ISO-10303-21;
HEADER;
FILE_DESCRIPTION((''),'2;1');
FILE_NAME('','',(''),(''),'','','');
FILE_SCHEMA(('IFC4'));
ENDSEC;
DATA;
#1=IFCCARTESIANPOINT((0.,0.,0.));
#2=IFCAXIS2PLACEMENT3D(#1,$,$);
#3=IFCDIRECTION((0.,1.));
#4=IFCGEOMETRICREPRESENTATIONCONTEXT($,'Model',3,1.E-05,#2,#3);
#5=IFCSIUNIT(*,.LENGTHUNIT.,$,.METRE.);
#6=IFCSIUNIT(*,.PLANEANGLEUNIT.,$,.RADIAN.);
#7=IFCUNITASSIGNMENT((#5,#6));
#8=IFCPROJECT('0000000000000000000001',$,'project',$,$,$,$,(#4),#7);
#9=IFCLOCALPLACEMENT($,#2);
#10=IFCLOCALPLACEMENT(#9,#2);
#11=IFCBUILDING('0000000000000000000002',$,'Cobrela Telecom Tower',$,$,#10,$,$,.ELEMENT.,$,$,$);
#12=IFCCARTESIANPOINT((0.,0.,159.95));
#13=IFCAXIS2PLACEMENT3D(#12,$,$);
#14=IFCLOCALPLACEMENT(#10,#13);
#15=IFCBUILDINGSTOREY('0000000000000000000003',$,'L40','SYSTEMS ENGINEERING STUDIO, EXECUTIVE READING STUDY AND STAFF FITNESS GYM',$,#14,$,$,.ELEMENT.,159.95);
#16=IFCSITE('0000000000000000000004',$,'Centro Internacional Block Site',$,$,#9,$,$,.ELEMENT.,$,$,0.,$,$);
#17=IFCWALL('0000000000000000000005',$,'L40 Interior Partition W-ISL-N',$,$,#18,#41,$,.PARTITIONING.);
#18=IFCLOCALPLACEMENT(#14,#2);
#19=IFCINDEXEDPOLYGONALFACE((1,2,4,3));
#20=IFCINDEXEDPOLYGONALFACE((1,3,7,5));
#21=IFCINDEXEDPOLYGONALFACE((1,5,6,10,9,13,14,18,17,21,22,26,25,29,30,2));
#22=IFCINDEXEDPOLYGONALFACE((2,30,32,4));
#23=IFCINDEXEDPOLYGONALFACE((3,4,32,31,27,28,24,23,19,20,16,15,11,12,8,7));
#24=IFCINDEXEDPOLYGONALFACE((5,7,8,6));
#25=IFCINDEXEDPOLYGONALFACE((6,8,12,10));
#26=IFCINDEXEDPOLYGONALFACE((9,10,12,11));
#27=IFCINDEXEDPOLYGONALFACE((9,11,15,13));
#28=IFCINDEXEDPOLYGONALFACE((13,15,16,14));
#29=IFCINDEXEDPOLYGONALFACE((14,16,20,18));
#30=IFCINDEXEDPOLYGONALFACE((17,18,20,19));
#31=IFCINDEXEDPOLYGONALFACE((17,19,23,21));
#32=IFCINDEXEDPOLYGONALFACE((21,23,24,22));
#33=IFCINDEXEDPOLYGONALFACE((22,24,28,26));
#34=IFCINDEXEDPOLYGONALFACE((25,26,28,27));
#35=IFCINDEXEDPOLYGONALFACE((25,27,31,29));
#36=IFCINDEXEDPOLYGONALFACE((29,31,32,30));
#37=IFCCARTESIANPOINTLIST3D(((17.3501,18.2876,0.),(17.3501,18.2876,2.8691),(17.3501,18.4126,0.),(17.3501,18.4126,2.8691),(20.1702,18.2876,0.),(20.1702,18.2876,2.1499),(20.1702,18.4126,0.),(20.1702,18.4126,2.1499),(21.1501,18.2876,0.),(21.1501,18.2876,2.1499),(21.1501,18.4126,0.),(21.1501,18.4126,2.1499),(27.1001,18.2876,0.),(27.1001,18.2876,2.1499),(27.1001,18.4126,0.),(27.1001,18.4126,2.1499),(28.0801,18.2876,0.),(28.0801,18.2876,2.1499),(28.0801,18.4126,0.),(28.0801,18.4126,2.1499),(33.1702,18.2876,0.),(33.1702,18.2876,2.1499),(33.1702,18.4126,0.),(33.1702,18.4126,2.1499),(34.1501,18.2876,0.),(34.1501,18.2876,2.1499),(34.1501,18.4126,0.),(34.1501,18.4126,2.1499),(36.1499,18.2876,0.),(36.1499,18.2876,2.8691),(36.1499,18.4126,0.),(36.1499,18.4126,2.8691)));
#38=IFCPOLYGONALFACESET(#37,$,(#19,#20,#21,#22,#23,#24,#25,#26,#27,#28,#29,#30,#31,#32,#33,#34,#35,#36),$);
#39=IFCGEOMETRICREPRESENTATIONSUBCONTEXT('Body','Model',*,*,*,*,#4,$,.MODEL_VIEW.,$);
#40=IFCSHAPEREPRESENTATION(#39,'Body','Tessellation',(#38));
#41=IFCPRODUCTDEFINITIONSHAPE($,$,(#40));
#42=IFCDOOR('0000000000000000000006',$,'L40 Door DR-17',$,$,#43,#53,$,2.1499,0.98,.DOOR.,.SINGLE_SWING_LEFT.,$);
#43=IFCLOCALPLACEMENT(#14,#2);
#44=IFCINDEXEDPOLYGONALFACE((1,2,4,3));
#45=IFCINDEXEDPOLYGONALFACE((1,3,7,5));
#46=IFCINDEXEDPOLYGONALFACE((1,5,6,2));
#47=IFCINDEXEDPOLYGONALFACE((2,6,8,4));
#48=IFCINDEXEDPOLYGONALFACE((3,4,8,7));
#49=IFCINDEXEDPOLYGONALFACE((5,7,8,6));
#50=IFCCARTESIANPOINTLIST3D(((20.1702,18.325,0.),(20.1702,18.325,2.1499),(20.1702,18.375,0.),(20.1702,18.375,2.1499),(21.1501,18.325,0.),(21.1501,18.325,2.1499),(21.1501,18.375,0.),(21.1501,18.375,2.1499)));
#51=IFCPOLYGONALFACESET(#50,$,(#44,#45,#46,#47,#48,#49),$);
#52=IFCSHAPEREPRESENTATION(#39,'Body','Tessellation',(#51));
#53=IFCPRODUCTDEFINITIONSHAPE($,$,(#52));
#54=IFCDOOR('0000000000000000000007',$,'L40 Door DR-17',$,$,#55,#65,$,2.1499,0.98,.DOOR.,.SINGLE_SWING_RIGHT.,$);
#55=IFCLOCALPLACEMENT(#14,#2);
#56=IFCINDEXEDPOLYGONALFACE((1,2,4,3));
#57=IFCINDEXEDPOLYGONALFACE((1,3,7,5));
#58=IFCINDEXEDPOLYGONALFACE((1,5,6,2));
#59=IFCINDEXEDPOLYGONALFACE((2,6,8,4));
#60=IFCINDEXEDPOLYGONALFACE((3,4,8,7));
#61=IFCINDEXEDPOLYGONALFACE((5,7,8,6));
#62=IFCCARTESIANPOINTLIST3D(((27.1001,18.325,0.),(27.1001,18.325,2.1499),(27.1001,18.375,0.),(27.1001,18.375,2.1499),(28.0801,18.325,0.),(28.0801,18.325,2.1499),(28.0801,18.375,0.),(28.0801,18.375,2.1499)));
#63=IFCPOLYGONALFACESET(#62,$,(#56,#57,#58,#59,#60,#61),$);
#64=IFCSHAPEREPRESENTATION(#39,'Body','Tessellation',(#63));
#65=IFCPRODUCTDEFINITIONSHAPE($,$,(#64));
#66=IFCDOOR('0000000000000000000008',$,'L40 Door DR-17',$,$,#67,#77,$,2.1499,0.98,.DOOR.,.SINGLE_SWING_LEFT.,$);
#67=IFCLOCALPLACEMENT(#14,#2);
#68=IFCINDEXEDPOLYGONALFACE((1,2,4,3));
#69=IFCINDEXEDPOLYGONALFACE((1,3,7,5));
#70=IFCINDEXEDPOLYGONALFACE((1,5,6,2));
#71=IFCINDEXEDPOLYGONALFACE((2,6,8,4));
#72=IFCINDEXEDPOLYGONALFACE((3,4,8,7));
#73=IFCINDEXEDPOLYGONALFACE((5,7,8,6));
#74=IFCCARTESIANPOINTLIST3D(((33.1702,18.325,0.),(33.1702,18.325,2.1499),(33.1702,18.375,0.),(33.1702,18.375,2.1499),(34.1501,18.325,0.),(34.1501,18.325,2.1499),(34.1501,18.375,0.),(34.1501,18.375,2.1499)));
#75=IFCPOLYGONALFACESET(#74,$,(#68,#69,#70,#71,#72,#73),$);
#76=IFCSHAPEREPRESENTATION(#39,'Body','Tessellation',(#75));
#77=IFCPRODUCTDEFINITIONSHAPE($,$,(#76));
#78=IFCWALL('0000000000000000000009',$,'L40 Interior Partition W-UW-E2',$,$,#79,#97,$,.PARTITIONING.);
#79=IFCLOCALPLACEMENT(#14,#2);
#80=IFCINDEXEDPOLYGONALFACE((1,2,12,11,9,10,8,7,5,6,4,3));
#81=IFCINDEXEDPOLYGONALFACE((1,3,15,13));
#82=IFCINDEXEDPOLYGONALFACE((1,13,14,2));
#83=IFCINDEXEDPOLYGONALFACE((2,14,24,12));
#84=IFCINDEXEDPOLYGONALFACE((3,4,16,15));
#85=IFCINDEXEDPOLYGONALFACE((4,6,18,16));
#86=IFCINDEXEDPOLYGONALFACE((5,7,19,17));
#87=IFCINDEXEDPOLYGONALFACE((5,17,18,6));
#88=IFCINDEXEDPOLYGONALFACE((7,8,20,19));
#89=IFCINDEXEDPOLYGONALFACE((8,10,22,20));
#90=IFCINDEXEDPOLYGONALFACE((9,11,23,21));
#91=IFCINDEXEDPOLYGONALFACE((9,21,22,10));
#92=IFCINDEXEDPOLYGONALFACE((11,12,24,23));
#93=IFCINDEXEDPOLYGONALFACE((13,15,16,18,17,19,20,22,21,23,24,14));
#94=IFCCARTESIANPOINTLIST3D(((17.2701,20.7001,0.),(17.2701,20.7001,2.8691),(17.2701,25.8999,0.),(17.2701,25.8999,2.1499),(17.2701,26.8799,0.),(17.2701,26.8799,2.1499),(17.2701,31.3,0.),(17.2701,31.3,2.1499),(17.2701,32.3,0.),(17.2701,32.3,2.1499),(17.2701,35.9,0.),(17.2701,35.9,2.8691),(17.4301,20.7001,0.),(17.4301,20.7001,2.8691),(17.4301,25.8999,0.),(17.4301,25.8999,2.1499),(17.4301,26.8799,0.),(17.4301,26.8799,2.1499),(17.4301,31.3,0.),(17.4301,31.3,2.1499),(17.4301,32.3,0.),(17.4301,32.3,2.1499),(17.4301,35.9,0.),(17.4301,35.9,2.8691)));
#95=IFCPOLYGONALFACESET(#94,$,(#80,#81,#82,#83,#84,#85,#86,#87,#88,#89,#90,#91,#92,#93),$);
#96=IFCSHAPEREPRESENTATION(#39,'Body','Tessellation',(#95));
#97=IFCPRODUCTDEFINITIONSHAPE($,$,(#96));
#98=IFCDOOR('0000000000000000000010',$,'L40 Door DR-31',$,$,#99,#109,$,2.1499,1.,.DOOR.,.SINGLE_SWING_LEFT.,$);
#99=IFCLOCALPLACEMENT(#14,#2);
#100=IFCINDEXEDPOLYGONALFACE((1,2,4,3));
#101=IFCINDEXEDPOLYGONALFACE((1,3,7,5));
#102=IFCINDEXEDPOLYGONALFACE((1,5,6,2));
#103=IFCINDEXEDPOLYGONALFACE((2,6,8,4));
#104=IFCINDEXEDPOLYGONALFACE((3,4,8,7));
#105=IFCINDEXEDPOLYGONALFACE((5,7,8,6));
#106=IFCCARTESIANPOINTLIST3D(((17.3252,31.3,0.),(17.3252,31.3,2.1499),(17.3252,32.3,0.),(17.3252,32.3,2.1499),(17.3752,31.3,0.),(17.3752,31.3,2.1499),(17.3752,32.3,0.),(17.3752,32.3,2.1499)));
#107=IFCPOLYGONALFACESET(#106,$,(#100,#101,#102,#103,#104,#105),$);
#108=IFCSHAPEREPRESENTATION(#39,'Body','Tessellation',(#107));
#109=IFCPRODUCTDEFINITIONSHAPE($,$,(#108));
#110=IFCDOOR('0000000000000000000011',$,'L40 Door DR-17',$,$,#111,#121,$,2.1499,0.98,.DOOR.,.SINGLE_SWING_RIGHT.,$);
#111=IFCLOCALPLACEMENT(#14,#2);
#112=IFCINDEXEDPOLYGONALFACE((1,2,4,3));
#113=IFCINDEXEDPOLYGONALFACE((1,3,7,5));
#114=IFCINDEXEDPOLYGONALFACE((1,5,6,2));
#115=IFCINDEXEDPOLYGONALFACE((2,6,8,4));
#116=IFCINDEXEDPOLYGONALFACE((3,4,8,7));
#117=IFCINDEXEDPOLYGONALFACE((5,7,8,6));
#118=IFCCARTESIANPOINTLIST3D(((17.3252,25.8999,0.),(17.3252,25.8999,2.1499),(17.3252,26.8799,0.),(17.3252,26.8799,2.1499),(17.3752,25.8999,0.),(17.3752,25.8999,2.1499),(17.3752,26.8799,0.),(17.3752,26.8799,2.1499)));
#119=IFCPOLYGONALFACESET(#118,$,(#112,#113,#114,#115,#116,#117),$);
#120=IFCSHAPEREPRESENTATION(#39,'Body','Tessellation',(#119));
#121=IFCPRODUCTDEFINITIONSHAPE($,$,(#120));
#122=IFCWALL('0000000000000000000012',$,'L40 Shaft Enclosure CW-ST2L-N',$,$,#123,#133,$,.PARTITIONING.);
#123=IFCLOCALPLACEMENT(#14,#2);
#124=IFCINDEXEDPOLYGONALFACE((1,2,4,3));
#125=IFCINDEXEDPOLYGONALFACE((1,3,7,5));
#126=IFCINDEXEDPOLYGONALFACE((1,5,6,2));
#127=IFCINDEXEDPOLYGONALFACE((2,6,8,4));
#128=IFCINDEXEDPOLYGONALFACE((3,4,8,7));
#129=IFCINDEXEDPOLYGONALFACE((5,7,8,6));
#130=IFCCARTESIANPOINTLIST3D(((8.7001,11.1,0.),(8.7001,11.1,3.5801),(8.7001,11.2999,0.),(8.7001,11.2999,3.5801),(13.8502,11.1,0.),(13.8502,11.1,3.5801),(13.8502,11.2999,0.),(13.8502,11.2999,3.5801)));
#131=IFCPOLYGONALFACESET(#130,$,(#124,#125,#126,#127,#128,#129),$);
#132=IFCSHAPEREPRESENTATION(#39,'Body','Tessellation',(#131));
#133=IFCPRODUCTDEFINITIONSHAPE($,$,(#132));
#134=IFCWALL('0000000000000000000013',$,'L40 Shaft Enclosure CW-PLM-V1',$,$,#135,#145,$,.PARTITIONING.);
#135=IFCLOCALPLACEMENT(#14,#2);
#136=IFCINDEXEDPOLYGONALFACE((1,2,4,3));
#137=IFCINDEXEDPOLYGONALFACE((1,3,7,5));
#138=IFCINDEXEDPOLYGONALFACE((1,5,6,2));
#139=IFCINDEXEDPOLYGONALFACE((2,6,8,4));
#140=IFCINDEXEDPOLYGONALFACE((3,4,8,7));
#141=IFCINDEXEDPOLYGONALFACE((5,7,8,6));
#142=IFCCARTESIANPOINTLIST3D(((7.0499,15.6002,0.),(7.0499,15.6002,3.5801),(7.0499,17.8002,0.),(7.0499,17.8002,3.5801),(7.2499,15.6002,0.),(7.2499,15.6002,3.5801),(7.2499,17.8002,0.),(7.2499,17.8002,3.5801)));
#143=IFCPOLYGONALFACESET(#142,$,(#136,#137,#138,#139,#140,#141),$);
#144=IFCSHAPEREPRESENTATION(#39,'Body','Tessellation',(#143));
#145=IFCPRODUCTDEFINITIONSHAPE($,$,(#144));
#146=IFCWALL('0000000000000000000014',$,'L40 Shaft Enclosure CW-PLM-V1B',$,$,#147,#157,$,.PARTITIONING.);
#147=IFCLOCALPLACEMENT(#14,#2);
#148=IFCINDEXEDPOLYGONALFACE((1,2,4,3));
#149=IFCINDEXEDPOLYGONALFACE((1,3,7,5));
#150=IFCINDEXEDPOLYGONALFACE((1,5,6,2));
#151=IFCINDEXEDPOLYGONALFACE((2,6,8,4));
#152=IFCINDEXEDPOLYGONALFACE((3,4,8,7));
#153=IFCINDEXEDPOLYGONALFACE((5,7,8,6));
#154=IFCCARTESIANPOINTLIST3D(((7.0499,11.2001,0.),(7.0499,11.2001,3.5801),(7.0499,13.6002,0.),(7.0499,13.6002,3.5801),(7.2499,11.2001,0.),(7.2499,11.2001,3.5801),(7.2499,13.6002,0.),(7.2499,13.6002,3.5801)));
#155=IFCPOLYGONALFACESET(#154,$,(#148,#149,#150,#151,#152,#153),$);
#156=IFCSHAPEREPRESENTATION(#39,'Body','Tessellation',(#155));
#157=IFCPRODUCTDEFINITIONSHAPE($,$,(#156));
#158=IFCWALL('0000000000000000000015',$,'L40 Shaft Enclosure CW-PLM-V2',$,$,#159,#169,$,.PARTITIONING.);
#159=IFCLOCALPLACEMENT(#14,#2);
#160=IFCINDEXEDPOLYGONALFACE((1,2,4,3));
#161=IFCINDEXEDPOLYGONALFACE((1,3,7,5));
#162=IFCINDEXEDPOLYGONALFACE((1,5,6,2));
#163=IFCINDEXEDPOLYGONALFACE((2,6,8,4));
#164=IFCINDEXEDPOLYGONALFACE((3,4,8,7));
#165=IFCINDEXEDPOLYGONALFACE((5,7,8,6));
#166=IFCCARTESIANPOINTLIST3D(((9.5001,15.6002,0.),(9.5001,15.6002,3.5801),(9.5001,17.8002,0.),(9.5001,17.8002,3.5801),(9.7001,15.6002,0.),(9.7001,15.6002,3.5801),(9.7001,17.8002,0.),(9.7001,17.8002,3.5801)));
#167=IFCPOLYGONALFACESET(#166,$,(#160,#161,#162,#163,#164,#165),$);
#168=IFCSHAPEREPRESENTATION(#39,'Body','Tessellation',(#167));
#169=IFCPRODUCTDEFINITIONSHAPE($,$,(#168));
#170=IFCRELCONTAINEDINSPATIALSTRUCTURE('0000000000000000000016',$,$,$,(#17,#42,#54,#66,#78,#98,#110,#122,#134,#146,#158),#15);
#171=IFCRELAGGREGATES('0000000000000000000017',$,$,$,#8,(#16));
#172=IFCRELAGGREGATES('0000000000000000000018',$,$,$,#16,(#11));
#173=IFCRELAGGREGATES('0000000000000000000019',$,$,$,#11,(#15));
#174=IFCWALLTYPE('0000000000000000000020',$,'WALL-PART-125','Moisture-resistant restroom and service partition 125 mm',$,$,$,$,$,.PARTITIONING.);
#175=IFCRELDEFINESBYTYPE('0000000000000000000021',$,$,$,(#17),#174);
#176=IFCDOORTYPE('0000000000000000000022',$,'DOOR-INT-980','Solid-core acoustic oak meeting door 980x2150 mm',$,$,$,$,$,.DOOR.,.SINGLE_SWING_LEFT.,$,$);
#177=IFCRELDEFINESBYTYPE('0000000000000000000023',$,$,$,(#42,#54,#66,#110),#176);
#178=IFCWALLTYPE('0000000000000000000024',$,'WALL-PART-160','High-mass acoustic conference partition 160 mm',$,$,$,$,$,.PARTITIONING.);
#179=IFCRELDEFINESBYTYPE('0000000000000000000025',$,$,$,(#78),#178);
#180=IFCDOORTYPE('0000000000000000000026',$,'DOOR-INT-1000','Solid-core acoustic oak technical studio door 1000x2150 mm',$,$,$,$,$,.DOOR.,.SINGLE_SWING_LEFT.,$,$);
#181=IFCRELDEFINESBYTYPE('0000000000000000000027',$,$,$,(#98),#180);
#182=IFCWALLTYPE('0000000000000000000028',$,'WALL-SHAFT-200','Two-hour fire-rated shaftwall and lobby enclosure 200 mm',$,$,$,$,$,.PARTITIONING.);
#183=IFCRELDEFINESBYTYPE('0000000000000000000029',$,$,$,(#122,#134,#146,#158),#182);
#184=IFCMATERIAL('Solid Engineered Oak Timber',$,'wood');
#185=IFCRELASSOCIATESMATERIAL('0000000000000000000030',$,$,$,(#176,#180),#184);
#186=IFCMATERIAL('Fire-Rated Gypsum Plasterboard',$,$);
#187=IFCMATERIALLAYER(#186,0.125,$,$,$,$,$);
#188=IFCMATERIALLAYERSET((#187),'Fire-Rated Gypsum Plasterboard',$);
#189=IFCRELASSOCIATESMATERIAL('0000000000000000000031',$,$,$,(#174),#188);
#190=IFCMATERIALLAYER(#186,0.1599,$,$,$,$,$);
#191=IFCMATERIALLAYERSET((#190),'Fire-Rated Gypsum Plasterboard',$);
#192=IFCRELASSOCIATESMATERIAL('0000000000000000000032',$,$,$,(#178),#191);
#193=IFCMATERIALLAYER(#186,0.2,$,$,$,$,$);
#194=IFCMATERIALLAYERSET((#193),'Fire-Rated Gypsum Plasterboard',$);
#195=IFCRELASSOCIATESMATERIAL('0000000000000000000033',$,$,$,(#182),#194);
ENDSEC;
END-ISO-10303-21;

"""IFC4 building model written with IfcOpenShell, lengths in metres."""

from ifc_helpers import new_model, si_unit, direction, frame, frame_2d, origin, place, context, subcontext, project, spatial, rectangle, extrude, material, layer, layer_set, type_object, element, fill, save


model = new_model("IFC4")

# Units and contexts
model_context = context("Model", 3, precision=1e-05, world=origin(), true_north=direction((0.0, 1.0)))
body_context = subcontext(model_context, "Body", "Model", "MODEL_VIEW")
ifc_project = project(units=[si_unit("LENGTHUNIT", "METRE"), si_unit("PLANEANGLEUNIT", "RADIAN")], contexts=[model_context])

# Site, building, storey
site_placement = place(None, origin())
site = spatial("IfcSite", under=ifc_project, at=site_placement, Name="Centro Internacional Block Site", CompositionType="ELEMENT", RefElevation=0.0)
building_placement = place(site_placement, origin())
building = spatial("IfcBuilding", under=site, at=building_placement, Name="Cobrela Telecom Tower", CompositionType="ELEMENT")
storey_placement = place(building_placement, frame((0.0, 0.0, 159.95)))
storey = spatial("IfcBuildingStorey", under=building, at=storey_placement, Name="L40", Description="SYSTEMS ENGINEERING STUDIO, EXECUTIVE READING STUDY AND STAFF FITNESS GYM", CompositionType="ELEMENT", Elevation=159.95)

# Shared definitions
ifc_material_1 = material(Name="Fire-Rated Gypsum Plasterboard")
ifc_material_2 = material(Name="Solid Engineered Oak Timber", Category="wood")
door_type_1 = type_object("IfcDoorType", Name="DOOR-INT-980", Description="Solid-core acoustic oak meeting door 980x2150 mm", OperationType="SINGLE_SWING_LEFT", PredefinedType="DOOR", material=ifc_material_2)

# Shared definitions
ifc_layer_1 = layer(ifc_material_1, 0.125)
ifc_layer_set_1 = layer_set([ifc_layer_1], Name="Fire-Rated Gypsum Plasterboard")
wall_type_1 = type_object("IfcWallType", Name="WALL-PART-125", Description="Moisture-resistant restroom and service partition 125 mm", PredefinedType="PARTITIONING", material=ifc_layer_set_1)

# Walls, openings, doors
wall_1_placement = place(storey_placement, frame((17.3501, 18.3501, 0.0), z_axis=(0.0, 0.0, 1.0), x_axis=(1.0, 0.0, 0.0)))
wall_1 = element("IfcWall", 1, at=wall_1_placement, inside=storey, type_object=wall_type_1, Name="L40 Interior Partition W-ISL-N", PredefinedType="PARTITIONING", context=body_context, shape_type="SweptSolid", body=[
    extrude(rectangle(XDim=18.7998, YDim=0.125, at=frame_2d((9.3999, 0.0))), origin(), (0.0, 0.0, 1.0), 2.8691),
])
opening_1_placement = place(wall_1_placement, frame((2.8201, 0.0, 0.0)))
opening_1 = element("IfcOpeningElement", 2, at=opening_1_placement, cuts=wall_1, PredefinedType="OPENING", context=body_context, shape_type="SweptSolid", body=[
    extrude(rectangle(XDim=0.98, YDim=2.1499, at=frame_2d((0.49, 1.075))), frame((0.0, 0.0745, 0.0), z_axis=(0.0, -1.0, 0.0), x_axis=(1.0, 0.0, 0.0)), (0.0, 0.0, 1.0), 0.1489),
])
opening_2_placement = place(wall_1_placement, frame((9.75, 0.0, 0.0)))
opening_2 = element("IfcOpeningElement", 3, at=opening_2_placement, cuts=wall_1, PredefinedType="OPENING", context=body_context, shape_type="SweptSolid", body=[
    extrude(rectangle(XDim=0.98, YDim=2.1499, at=frame_2d((0.49, 1.075))), frame((0.0, 0.0745, 0.0), z_axis=(0.0, -1.0, 0.0), x_axis=(1.0, 0.0, 0.0)), (0.0, 0.0, 1.0), 0.1489),
])
opening_3_placement = place(wall_1_placement, frame((15.8201, 0.0, 0.0)))
opening_3 = element("IfcOpeningElement", 4, at=opening_3_placement, cuts=wall_1, PredefinedType="OPENING", context=body_context, shape_type="SweptSolid", body=[
    extrude(rectangle(XDim=0.98, YDim=2.1499, at=frame_2d((0.49, 1.075))), frame((0.0, 0.0745, 0.0), z_axis=(0.0, -1.0, 0.0), x_axis=(1.0, 0.0, 0.0)), (0.0, 0.0, 1.0), 0.1489),
])
door_1_placement = place(opening_1_placement, origin())
door_1 = element("IfcDoor", 5, at=door_1_placement, inside=storey, type_object=door_type_1, Name="L40 Door DR-17", OperationType="SINGLE_SWING_LEFT", OverallHeight=2.1499, OverallWidth=0.98, PredefinedType="DOOR", context=body_context, shape_type="SweptSolid", body=[
    extrude(rectangle(XDim=0.98, YDim=2.1499, at=frame_2d((0.49, 1.075))), frame((0.0, 0.0249, 0.0), z_axis=(0.0, -1.0, 0.0), x_axis=(1.0, 0.0, 0.0)), (0.0, 0.0, 1.0), 0.05),
])
fill(opening_1, door_1)
door_2_placement = place(opening_2_placement, origin())
door_2 = element("IfcDoor", 6, at=door_2_placement, inside=storey, type_object=door_type_1, Name="L40 Door DR-17", OperationType="SINGLE_SWING_RIGHT", OverallHeight=2.1499, OverallWidth=0.98, PredefinedType="DOOR", context=body_context, shape_type="SweptSolid", body=[
    extrude(rectangle(XDim=0.98, YDim=2.1499, at=frame_2d((0.49, 1.075))), frame((0.0, 0.0249, 0.0), z_axis=(0.0, -1.0, 0.0), x_axis=(1.0, 0.0, 0.0)), (0.0, 0.0, 1.0), 0.05),
])
fill(opening_2, door_2)
door_3_placement = place(opening_3_placement, origin())
door_3 = element("IfcDoor", 7, at=door_3_placement, inside=storey, type_object=door_type_1, Name="L40 Door DR-17", OperationType="SINGLE_SWING_LEFT", OverallHeight=2.1499, OverallWidth=0.98, PredefinedType="DOOR", context=body_context, shape_type="SweptSolid", body=[
    extrude(rectangle(XDim=0.98, YDim=2.1499, at=frame_2d((0.49, 1.075))), frame((0.0, 0.0249, 0.0), z_axis=(0.0, -1.0, 0.0), x_axis=(1.0, 0.0, 0.0)), (0.0, 0.0, 1.0), 0.05),
])
fill(opening_3, door_3)
ifc_layer_2 = layer(ifc_material_1, 0.1599)
ifc_layer_set_2 = layer_set([ifc_layer_2], Name="Fire-Rated Gypsum Plasterboard")
wall_type_2 = type_object("IfcWallType", Name="WALL-PART-160", Description="High-mass acoustic conference partition 160 mm", PredefinedType="PARTITIONING", material=ifc_layer_set_2)
wall_2_placement = place(storey_placement, frame((17.3501, 20.7, 0.0), z_axis=(0.0, 0.0, 1.0), x_axis=(0.0, 1.0, 0.0)))
wall_2 = element("IfcWall", 8, at=wall_2_placement, inside=storey, type_object=wall_type_2, Name="L40 Interior Partition W-UW-E2", PredefinedType="PARTITIONING", context=body_context, shape_type="SweptSolid", body=[
    extrude(rectangle(XDim=15.2, YDim=0.1599, at=frame_2d((7.6001, 0.0))), origin(), (0.0, 0.0, 1.0), 2.8691),
])
opening_4_placement = place(wall_2_placement, frame((5.2, 0.0, 0.0)))
opening_4 = element("IfcOpeningElement", 9, at=opening_4_placement, cuts=wall_2, PredefinedType="OPENING", context=body_context, shape_type="SweptSolid", body=[
    extrude(rectangle(XDim=0.98, YDim=2.1499, at=frame_2d((0.49, 1.075))), frame((0.0, 0.0918, 0.0), z_axis=(0.0, -1.0, 0.0), x_axis=(1.0, 0.0, 0.0)), (0.0, 0.0, 1.0), 0.1838),
])
opening_5_placement = place(wall_2_placement, frame((10.6001, 0.0, 0.0)))
opening_5 = element("IfcOpeningElement", 10, at=opening_5_placement, cuts=wall_2, PredefinedType="OPENING", context=body_context, shape_type="SweptSolid", body=[
    extrude(rectangle(XDim=1.0, YDim=2.1499, at=frame_2d((0.5, 1.075))), frame((0.0, 0.0918, 0.0), z_axis=(0.0, -1.0, 0.0), x_axis=(1.0, 0.0, 0.0)), (0.0, 0.0, 1.0), 0.1838),
])
door_type_2 = type_object("IfcDoorType", Name="DOOR-INT-1000", Description="Solid-core acoustic oak technical studio door 1000x2150 mm", OperationType="SINGLE_SWING_LEFT", PredefinedType="DOOR", material=ifc_material_2)
door_4_placement = place(opening_5_placement, origin())
door_4 = element("IfcDoor", 11, at=door_4_placement, inside=storey, type_object=door_type_2, Name="L40 Door DR-31", OperationType="SINGLE_SWING_LEFT", OverallHeight=2.1499, OverallWidth=1.0, PredefinedType="DOOR", context=body_context, shape_type="SweptSolid", body=[
    extrude(rectangle(XDim=1.0, YDim=2.1499, at=frame_2d((0.5, 1.075))), frame((0.0, 0.0249, 0.0), z_axis=(0.0, -1.0, 0.0), x_axis=(1.0, 0.0, 0.0)), (0.0, 0.0, 1.0), 0.05),
])
fill(opening_5, door_4)
door_5_placement = place(opening_4_placement, origin())
door_5 = element("IfcDoor", 12, at=door_5_placement, inside=storey, type_object=door_type_1, Name="L40 Door DR-17", OperationType="SINGLE_SWING_RIGHT", OverallHeight=2.1499, OverallWidth=0.98, PredefinedType="DOOR", context=body_context, shape_type="SweptSolid", body=[
    extrude(rectangle(XDim=0.98, YDim=2.1499, at=frame_2d((0.49, 1.075))), frame((0.0, 0.0249, 0.0), z_axis=(0.0, -1.0, 0.0), x_axis=(1.0, 0.0, 0.0)), (0.0, 0.0, 1.0), 0.05),
])
fill(opening_4, door_5)

# Walls
ifc_layer_3 = layer(ifc_material_1, 0.2)
ifc_layer_set_3 = layer_set([ifc_layer_3], Name="Fire-Rated Gypsum Plasterboard")
wall_type_3 = type_object("IfcWallType", Name="WALL-SHAFT-200", Description="Two-hour fire-rated shaftwall and lobby enclosure 200 mm", PredefinedType="PARTITIONING", material=ifc_layer_set_3)
wall_3_placement = place(storey_placement, frame((8.7, 11.2, 0.0), z_axis=(0.0, 0.0, 1.0), x_axis=(1.0, 0.0, 0.0)))
element("IfcWall", 13, at=wall_3_placement, inside=storey, type_object=wall_type_3, Name="L40 Shaft Enclosure CW-ST2L-N", PredefinedType="PARTITIONING", context=body_context, shape_type="SweptSolid", body=[
    extrude(rectangle(XDim=5.1501, YDim=0.2, at=frame_2d((2.5752, 0.0))), origin(), (0.0, 0.0, 1.0), 3.5801),
])
wall_4_placement = place(storey_placement, frame((7.1499, 15.6001, 0.0), z_axis=(0.0, 0.0, 1.0), x_axis=(0.0, 1.0, 0.0)))
element("IfcWall", 14, at=wall_4_placement, inside=storey, type_object=wall_type_3, Name="L40 Shaft Enclosure CW-PLM-V1", PredefinedType="PARTITIONING", context=body_context, shape_type="SweptSolid", body=[
    extrude(rectangle(XDim=2.2, YDim=0.2, at=frame_2d((1.1001, 0.0))), origin(), (0.0, 0.0, 1.0), 3.5801),
])
wall_5_placement = place(storey_placement, frame((7.1499, 11.2, 0.0), z_axis=(0.0, 0.0, 1.0), x_axis=(0.0, 1.0, 0.0)))
element("IfcWall", 15, at=wall_5_placement, inside=storey, type_object=wall_type_3, Name="L40 Shaft Enclosure CW-PLM-V1B", PredefinedType="PARTITIONING", context=body_context, shape_type="SweptSolid", body=[
    extrude(rectangle(XDim=2.4001, YDim=0.2, at=frame_2d((1.2002, 0.0))), origin(), (0.0, 0.0, 1.0), 3.5801),
])
wall_6_placement = place(storey_placement, frame((9.6001, 15.6001, 0.0), z_axis=(0.0, 0.0, 1.0), x_axis=(0.0, 1.0, 0.0)))
element("IfcWall", 16, at=wall_6_placement, inside=storey, type_object=wall_type_3, Name="L40 Shaft Enclosure CW-PLM-V2", PredefinedType="PARTITIONING", context=body_context, shape_type="SweptSolid", body=[
    extrude(rectangle(XDim=2.2, YDim=0.2, at=frame_2d((1.1001, 0.0))), origin(), (0.0, 0.0, 1.0), 3.5801),
])

save(model, "model.ifc")
